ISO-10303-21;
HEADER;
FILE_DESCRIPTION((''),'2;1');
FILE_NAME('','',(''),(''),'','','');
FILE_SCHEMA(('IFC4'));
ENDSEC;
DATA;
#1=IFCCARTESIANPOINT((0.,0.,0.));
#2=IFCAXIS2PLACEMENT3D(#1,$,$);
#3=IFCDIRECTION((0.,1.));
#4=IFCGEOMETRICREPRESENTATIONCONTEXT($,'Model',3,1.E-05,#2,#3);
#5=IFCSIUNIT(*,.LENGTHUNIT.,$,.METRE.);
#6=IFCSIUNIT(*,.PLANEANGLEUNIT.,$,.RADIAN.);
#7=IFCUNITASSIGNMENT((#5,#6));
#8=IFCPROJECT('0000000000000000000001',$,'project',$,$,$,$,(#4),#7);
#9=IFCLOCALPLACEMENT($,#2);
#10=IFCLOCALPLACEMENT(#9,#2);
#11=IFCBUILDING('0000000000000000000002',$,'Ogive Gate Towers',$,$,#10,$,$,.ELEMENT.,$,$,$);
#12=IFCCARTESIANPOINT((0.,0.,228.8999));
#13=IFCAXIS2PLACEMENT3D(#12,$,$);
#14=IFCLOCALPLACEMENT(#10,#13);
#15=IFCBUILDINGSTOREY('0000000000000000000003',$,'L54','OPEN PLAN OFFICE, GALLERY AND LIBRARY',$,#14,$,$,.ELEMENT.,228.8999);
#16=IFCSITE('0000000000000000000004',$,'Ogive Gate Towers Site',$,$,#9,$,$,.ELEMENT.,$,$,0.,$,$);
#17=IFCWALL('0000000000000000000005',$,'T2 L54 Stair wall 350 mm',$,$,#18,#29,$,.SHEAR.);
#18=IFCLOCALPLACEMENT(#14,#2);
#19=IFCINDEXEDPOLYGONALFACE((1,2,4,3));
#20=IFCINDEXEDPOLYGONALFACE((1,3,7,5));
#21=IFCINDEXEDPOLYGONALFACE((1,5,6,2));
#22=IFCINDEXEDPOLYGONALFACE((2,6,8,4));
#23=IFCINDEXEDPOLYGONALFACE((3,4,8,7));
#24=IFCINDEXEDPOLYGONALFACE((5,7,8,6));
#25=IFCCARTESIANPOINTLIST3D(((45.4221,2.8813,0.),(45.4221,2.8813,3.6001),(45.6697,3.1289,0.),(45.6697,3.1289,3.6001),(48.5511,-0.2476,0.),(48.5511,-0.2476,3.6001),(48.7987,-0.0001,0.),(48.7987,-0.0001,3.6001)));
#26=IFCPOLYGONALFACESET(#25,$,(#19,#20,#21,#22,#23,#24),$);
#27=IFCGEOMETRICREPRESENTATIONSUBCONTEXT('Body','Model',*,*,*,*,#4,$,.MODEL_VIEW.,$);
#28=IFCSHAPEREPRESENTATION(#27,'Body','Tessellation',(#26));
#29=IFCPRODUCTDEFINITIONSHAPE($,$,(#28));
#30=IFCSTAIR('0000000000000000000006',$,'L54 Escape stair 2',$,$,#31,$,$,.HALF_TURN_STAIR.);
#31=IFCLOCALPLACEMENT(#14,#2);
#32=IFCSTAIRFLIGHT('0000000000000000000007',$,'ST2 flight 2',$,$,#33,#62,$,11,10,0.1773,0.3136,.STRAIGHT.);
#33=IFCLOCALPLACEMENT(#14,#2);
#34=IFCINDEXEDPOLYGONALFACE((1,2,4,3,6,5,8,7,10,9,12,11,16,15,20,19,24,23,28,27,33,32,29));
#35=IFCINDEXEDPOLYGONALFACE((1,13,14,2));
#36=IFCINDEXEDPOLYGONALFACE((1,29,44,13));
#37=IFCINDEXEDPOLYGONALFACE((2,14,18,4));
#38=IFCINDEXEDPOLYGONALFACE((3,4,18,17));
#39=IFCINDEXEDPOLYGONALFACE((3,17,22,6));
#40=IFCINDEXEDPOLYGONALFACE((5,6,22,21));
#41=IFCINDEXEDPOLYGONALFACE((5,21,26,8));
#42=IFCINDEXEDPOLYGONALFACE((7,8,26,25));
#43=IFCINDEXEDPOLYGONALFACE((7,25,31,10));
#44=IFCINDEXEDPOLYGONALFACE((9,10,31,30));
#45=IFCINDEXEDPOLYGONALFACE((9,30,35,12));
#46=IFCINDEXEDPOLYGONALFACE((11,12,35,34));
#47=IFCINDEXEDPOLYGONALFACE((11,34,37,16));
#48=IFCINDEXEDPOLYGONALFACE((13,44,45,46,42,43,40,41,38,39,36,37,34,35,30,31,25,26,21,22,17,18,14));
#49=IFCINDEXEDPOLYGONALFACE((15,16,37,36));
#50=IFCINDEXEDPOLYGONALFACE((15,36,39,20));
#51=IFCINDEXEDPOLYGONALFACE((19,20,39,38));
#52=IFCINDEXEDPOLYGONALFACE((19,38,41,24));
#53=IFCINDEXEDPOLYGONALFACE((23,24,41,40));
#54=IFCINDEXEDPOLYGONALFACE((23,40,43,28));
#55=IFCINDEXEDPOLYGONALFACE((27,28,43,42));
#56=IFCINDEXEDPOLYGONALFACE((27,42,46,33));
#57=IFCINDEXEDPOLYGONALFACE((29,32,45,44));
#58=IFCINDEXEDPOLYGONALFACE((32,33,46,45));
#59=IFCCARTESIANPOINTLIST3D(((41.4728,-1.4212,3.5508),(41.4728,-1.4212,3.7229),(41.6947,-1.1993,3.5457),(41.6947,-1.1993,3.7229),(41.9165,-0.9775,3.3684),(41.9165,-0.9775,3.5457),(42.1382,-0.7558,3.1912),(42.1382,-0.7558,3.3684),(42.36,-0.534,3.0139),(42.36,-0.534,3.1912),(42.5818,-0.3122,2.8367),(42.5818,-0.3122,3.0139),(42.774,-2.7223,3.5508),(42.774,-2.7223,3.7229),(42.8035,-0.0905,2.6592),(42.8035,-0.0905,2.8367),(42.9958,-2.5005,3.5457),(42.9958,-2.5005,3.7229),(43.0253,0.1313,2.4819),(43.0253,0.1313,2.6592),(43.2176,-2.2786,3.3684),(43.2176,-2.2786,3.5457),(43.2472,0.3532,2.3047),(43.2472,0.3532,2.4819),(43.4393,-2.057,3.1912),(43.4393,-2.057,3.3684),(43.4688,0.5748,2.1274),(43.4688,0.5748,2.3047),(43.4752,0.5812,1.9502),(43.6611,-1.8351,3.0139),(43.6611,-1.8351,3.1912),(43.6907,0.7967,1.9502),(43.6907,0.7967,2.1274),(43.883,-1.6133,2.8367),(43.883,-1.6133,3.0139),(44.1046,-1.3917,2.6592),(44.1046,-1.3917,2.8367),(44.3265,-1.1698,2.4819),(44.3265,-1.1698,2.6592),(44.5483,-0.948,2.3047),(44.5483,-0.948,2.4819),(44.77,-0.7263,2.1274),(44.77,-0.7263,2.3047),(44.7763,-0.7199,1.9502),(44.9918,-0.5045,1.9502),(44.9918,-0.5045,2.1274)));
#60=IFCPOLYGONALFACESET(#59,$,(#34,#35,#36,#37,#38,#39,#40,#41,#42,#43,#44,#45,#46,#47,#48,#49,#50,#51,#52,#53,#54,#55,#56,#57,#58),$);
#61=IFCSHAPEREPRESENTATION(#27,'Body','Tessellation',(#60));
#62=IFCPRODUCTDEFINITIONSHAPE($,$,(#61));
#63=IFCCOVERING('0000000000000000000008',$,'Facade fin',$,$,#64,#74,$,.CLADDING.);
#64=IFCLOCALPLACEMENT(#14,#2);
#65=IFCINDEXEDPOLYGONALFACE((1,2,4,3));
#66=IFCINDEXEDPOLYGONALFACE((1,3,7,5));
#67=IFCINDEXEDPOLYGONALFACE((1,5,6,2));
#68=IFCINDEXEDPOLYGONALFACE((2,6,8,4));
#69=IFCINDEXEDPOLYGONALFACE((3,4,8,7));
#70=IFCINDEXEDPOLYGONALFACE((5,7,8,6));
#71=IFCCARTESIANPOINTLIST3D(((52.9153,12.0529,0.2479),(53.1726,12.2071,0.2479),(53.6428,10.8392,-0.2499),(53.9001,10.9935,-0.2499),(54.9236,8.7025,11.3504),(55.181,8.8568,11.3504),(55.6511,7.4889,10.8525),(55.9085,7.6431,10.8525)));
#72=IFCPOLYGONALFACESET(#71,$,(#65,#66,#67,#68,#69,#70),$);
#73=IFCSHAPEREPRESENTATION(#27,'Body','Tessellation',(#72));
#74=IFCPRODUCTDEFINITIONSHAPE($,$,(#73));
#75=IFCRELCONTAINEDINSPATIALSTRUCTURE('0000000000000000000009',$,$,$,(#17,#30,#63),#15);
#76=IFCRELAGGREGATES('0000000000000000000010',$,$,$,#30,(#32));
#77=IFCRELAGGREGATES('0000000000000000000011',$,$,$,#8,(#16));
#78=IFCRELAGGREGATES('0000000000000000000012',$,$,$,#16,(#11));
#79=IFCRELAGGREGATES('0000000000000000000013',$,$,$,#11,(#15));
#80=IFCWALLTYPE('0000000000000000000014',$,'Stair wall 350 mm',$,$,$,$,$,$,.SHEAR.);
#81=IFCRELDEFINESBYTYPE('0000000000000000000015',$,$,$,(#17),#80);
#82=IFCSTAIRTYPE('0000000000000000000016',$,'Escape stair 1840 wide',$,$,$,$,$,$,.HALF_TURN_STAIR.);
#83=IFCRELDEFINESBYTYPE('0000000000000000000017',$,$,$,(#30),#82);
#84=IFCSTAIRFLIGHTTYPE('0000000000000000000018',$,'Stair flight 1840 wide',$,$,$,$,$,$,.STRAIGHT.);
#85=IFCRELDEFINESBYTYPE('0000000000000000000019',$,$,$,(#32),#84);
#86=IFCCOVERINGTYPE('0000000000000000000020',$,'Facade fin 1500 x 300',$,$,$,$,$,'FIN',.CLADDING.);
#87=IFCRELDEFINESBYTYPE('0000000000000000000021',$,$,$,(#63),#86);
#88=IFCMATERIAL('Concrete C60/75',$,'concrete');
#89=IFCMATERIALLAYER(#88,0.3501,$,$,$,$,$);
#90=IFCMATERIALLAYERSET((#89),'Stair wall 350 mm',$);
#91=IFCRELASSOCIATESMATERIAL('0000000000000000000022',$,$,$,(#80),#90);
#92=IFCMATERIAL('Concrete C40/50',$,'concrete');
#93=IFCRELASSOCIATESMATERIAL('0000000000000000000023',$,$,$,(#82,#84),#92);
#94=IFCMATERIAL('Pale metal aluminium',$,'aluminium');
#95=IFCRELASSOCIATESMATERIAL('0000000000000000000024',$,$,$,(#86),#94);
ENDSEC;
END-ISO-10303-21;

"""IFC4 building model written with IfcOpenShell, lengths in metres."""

from ifc_helpers import new_model, si_unit, direction, frame, frame_2d, origin, origin_2d, place, context, subcontext, project, spatial, polyline, rectangle, outline, extrude, material, layer, layer_set, material_profile, profile_set, type_object, element, aggregate, save


model = new_model("IFC4")

# Units and contexts
model_context = context("Model", 3, precision=1e-05, world=origin(), true_north=direction((0.0, 1.0)))
body_context = subcontext(model_context, "Body", "Model", "MODEL_VIEW")
ifc_project = project(units=[si_unit("LENGTHUNIT", "METRE"), si_unit("PLANEANGLEUNIT", "RADIAN")], contexts=[model_context])

# Site, building, storey
site_placement = place(None, origin())
site = spatial("IfcSite", under=ifc_project, at=site_placement, Name="Ogive Gate Towers Site", CompositionType="ELEMENT", RefElevation=0.0)
building_placement = place(site_placement, origin())
building = spatial("IfcBuilding", under=site, at=building_placement, Name="Ogive Gate Towers", CompositionType="ELEMENT")
storey_placement = place(building_placement, frame((0.0, 0.0, 228.8999)))
storey = spatial("IfcBuildingStorey", under=building, at=storey_placement, Name="L54", Description="OPEN PLAN OFFICE, GALLERY AND LIBRARY", CompositionType="ELEMENT", Elevation=228.8999)

# Shared definitions
ifc_material_1 = material(Name="Pale metal aluminium", Category="aluminium")

# Wall
ifc_material_2 = material(Name="Concrete C60/75", Category="concrete")
ifc_layer_1 = layer(ifc_material_2, 0.3501)
ifc_layer_set_1 = layer_set([ifc_layer_1], Name="Stair wall 350 mm")
wall_type_1 = type_object("IfcWallType", Name="Stair wall 350 mm", PredefinedType="SHEAR", material=ifc_layer_set_1)
wall_1_placement = place(storey_placement, frame((48.6748, -0.1238, 0.0), z_axis=(0.0, 0.0, 1.0), x_axis=(-0.707107, 0.707107, 0.0)))
element("IfcWall", 1, at=wall_1_placement, inside=storey, type_object=wall_type_1, Name="T2 L54 Stair wall 350 mm", PredefinedType="SHEAR", context=body_context, shape_type="SweptSolid", body=[
    extrude(rectangle(XDim=4.425, YDim=0.3501, at=frame_2d((2.2124, 0.0))), origin(), (0.0, 0.0, 1.0), 3.6001),
])

# Stair, stair flight
ifc_material_3 = material(Name="Concrete C40/50", Category="concrete")
stair_type = type_object("IfcStairType", Name="Escape stair 1840 wide", PredefinedType="HALF_TURN_STAIR", material=ifc_material_3)
stair_placement = place(storey_placement, origin())
stair = element("IfcStair", 2, at=stair_placement, inside=storey, type_object=stair_type, Name="L54 Escape stair 2", PredefinedType="HALF_TURN_STAIR")
stair_flight_type = type_object("IfcStairFlightType", Name="Stair flight 1840 wide", PredefinedType="STRAIGHT", material=ifc_material_3)
stair_flight_placement = place(storey_placement, frame((44.3413, 0.146, 1.9502), z_axis=(0.0, 0.0, 1.0), x_axis=(-0.707107, -0.707107, 0.0)))
stair_flight = element("IfcStairFlight", 3, at=stair_flight_placement, type_object=stair_flight_type, Name="ST2 flight 2", NumberOfRisers=11, NumberOfTreads=10, PredefinedType="STRAIGHT", RiserHeight=0.1773, TreadLength=0.3136, context=body_context, shape_type="SweptSolid", body=[
    extrude(outline(polyline([(0.0, 0.0), (0.0, 0.1772), (0.3137, 0.1772), (0.3137, 0.3545), (0.6272, 0.3545), (0.6272, 0.5317), (0.9409, 0.5317), (0.9409, 0.709), (1.2546, 0.709), (1.2546, 0.8865), (1.5681, 0.8865), (1.5681, 1.0637), (1.8818, 1.0637), (1.8818, 1.241), (2.1956, 1.241), (2.1956, 1.4182), (2.509, 1.4182), (2.509, 1.5955), (2.8228, 1.5955), (2.8228, 1.7727), (3.1365, 1.7727), (3.1365, 1.95), (3.1365, 1.6006), (0.3047, 0.0), (0.0, 0.0)])), frame((0.0, 0.9199, 0.0), z_axis=(0.0, -1.0, 0.0), x_axis=(1.0, 0.0, 0.0)), (0.0, 0.0, 1.0), 1.8401),
])
aggregate(stair, [stair_flight])

# Covering
ifc_material_profile_1 = material_profile(ifc_material_1, rectangle(XDim=0.3, YDim=1.5, at=origin_2d()), Name="1500 x 300 pale metal aluminium")
ifc_profile_set_1 = profile_set([ifc_material_profile_1], Name="Pale metal aluminium")
covering_type = type_object("IfcCoveringType", Name="Facade fin 1500 x 300", ElementType="FIN", PredefinedType="CLADDING", material=ifc_profile_set_1)
covering_placement = place(storey_placement, frame((53.4077, 11.5232, -0.001), z_axis=(0.170637, -0.284665, 0.943318), x_axis=(0.857708, 0.514137, 0.0)))
element("IfcCovering", 4, at=covering_placement, inside=storey, type_object=covering_type, Name="Facade fin", PredefinedType="CLADDING", context=body_context, shape_type="SweptSolid", body=[
    extrude(rectangle(XDim=0.3, YDim=1.5, at=origin_2d()), origin(), (0.0, 0.0, 1.0), 11.7695),
])

save(model, "model.ifc")
